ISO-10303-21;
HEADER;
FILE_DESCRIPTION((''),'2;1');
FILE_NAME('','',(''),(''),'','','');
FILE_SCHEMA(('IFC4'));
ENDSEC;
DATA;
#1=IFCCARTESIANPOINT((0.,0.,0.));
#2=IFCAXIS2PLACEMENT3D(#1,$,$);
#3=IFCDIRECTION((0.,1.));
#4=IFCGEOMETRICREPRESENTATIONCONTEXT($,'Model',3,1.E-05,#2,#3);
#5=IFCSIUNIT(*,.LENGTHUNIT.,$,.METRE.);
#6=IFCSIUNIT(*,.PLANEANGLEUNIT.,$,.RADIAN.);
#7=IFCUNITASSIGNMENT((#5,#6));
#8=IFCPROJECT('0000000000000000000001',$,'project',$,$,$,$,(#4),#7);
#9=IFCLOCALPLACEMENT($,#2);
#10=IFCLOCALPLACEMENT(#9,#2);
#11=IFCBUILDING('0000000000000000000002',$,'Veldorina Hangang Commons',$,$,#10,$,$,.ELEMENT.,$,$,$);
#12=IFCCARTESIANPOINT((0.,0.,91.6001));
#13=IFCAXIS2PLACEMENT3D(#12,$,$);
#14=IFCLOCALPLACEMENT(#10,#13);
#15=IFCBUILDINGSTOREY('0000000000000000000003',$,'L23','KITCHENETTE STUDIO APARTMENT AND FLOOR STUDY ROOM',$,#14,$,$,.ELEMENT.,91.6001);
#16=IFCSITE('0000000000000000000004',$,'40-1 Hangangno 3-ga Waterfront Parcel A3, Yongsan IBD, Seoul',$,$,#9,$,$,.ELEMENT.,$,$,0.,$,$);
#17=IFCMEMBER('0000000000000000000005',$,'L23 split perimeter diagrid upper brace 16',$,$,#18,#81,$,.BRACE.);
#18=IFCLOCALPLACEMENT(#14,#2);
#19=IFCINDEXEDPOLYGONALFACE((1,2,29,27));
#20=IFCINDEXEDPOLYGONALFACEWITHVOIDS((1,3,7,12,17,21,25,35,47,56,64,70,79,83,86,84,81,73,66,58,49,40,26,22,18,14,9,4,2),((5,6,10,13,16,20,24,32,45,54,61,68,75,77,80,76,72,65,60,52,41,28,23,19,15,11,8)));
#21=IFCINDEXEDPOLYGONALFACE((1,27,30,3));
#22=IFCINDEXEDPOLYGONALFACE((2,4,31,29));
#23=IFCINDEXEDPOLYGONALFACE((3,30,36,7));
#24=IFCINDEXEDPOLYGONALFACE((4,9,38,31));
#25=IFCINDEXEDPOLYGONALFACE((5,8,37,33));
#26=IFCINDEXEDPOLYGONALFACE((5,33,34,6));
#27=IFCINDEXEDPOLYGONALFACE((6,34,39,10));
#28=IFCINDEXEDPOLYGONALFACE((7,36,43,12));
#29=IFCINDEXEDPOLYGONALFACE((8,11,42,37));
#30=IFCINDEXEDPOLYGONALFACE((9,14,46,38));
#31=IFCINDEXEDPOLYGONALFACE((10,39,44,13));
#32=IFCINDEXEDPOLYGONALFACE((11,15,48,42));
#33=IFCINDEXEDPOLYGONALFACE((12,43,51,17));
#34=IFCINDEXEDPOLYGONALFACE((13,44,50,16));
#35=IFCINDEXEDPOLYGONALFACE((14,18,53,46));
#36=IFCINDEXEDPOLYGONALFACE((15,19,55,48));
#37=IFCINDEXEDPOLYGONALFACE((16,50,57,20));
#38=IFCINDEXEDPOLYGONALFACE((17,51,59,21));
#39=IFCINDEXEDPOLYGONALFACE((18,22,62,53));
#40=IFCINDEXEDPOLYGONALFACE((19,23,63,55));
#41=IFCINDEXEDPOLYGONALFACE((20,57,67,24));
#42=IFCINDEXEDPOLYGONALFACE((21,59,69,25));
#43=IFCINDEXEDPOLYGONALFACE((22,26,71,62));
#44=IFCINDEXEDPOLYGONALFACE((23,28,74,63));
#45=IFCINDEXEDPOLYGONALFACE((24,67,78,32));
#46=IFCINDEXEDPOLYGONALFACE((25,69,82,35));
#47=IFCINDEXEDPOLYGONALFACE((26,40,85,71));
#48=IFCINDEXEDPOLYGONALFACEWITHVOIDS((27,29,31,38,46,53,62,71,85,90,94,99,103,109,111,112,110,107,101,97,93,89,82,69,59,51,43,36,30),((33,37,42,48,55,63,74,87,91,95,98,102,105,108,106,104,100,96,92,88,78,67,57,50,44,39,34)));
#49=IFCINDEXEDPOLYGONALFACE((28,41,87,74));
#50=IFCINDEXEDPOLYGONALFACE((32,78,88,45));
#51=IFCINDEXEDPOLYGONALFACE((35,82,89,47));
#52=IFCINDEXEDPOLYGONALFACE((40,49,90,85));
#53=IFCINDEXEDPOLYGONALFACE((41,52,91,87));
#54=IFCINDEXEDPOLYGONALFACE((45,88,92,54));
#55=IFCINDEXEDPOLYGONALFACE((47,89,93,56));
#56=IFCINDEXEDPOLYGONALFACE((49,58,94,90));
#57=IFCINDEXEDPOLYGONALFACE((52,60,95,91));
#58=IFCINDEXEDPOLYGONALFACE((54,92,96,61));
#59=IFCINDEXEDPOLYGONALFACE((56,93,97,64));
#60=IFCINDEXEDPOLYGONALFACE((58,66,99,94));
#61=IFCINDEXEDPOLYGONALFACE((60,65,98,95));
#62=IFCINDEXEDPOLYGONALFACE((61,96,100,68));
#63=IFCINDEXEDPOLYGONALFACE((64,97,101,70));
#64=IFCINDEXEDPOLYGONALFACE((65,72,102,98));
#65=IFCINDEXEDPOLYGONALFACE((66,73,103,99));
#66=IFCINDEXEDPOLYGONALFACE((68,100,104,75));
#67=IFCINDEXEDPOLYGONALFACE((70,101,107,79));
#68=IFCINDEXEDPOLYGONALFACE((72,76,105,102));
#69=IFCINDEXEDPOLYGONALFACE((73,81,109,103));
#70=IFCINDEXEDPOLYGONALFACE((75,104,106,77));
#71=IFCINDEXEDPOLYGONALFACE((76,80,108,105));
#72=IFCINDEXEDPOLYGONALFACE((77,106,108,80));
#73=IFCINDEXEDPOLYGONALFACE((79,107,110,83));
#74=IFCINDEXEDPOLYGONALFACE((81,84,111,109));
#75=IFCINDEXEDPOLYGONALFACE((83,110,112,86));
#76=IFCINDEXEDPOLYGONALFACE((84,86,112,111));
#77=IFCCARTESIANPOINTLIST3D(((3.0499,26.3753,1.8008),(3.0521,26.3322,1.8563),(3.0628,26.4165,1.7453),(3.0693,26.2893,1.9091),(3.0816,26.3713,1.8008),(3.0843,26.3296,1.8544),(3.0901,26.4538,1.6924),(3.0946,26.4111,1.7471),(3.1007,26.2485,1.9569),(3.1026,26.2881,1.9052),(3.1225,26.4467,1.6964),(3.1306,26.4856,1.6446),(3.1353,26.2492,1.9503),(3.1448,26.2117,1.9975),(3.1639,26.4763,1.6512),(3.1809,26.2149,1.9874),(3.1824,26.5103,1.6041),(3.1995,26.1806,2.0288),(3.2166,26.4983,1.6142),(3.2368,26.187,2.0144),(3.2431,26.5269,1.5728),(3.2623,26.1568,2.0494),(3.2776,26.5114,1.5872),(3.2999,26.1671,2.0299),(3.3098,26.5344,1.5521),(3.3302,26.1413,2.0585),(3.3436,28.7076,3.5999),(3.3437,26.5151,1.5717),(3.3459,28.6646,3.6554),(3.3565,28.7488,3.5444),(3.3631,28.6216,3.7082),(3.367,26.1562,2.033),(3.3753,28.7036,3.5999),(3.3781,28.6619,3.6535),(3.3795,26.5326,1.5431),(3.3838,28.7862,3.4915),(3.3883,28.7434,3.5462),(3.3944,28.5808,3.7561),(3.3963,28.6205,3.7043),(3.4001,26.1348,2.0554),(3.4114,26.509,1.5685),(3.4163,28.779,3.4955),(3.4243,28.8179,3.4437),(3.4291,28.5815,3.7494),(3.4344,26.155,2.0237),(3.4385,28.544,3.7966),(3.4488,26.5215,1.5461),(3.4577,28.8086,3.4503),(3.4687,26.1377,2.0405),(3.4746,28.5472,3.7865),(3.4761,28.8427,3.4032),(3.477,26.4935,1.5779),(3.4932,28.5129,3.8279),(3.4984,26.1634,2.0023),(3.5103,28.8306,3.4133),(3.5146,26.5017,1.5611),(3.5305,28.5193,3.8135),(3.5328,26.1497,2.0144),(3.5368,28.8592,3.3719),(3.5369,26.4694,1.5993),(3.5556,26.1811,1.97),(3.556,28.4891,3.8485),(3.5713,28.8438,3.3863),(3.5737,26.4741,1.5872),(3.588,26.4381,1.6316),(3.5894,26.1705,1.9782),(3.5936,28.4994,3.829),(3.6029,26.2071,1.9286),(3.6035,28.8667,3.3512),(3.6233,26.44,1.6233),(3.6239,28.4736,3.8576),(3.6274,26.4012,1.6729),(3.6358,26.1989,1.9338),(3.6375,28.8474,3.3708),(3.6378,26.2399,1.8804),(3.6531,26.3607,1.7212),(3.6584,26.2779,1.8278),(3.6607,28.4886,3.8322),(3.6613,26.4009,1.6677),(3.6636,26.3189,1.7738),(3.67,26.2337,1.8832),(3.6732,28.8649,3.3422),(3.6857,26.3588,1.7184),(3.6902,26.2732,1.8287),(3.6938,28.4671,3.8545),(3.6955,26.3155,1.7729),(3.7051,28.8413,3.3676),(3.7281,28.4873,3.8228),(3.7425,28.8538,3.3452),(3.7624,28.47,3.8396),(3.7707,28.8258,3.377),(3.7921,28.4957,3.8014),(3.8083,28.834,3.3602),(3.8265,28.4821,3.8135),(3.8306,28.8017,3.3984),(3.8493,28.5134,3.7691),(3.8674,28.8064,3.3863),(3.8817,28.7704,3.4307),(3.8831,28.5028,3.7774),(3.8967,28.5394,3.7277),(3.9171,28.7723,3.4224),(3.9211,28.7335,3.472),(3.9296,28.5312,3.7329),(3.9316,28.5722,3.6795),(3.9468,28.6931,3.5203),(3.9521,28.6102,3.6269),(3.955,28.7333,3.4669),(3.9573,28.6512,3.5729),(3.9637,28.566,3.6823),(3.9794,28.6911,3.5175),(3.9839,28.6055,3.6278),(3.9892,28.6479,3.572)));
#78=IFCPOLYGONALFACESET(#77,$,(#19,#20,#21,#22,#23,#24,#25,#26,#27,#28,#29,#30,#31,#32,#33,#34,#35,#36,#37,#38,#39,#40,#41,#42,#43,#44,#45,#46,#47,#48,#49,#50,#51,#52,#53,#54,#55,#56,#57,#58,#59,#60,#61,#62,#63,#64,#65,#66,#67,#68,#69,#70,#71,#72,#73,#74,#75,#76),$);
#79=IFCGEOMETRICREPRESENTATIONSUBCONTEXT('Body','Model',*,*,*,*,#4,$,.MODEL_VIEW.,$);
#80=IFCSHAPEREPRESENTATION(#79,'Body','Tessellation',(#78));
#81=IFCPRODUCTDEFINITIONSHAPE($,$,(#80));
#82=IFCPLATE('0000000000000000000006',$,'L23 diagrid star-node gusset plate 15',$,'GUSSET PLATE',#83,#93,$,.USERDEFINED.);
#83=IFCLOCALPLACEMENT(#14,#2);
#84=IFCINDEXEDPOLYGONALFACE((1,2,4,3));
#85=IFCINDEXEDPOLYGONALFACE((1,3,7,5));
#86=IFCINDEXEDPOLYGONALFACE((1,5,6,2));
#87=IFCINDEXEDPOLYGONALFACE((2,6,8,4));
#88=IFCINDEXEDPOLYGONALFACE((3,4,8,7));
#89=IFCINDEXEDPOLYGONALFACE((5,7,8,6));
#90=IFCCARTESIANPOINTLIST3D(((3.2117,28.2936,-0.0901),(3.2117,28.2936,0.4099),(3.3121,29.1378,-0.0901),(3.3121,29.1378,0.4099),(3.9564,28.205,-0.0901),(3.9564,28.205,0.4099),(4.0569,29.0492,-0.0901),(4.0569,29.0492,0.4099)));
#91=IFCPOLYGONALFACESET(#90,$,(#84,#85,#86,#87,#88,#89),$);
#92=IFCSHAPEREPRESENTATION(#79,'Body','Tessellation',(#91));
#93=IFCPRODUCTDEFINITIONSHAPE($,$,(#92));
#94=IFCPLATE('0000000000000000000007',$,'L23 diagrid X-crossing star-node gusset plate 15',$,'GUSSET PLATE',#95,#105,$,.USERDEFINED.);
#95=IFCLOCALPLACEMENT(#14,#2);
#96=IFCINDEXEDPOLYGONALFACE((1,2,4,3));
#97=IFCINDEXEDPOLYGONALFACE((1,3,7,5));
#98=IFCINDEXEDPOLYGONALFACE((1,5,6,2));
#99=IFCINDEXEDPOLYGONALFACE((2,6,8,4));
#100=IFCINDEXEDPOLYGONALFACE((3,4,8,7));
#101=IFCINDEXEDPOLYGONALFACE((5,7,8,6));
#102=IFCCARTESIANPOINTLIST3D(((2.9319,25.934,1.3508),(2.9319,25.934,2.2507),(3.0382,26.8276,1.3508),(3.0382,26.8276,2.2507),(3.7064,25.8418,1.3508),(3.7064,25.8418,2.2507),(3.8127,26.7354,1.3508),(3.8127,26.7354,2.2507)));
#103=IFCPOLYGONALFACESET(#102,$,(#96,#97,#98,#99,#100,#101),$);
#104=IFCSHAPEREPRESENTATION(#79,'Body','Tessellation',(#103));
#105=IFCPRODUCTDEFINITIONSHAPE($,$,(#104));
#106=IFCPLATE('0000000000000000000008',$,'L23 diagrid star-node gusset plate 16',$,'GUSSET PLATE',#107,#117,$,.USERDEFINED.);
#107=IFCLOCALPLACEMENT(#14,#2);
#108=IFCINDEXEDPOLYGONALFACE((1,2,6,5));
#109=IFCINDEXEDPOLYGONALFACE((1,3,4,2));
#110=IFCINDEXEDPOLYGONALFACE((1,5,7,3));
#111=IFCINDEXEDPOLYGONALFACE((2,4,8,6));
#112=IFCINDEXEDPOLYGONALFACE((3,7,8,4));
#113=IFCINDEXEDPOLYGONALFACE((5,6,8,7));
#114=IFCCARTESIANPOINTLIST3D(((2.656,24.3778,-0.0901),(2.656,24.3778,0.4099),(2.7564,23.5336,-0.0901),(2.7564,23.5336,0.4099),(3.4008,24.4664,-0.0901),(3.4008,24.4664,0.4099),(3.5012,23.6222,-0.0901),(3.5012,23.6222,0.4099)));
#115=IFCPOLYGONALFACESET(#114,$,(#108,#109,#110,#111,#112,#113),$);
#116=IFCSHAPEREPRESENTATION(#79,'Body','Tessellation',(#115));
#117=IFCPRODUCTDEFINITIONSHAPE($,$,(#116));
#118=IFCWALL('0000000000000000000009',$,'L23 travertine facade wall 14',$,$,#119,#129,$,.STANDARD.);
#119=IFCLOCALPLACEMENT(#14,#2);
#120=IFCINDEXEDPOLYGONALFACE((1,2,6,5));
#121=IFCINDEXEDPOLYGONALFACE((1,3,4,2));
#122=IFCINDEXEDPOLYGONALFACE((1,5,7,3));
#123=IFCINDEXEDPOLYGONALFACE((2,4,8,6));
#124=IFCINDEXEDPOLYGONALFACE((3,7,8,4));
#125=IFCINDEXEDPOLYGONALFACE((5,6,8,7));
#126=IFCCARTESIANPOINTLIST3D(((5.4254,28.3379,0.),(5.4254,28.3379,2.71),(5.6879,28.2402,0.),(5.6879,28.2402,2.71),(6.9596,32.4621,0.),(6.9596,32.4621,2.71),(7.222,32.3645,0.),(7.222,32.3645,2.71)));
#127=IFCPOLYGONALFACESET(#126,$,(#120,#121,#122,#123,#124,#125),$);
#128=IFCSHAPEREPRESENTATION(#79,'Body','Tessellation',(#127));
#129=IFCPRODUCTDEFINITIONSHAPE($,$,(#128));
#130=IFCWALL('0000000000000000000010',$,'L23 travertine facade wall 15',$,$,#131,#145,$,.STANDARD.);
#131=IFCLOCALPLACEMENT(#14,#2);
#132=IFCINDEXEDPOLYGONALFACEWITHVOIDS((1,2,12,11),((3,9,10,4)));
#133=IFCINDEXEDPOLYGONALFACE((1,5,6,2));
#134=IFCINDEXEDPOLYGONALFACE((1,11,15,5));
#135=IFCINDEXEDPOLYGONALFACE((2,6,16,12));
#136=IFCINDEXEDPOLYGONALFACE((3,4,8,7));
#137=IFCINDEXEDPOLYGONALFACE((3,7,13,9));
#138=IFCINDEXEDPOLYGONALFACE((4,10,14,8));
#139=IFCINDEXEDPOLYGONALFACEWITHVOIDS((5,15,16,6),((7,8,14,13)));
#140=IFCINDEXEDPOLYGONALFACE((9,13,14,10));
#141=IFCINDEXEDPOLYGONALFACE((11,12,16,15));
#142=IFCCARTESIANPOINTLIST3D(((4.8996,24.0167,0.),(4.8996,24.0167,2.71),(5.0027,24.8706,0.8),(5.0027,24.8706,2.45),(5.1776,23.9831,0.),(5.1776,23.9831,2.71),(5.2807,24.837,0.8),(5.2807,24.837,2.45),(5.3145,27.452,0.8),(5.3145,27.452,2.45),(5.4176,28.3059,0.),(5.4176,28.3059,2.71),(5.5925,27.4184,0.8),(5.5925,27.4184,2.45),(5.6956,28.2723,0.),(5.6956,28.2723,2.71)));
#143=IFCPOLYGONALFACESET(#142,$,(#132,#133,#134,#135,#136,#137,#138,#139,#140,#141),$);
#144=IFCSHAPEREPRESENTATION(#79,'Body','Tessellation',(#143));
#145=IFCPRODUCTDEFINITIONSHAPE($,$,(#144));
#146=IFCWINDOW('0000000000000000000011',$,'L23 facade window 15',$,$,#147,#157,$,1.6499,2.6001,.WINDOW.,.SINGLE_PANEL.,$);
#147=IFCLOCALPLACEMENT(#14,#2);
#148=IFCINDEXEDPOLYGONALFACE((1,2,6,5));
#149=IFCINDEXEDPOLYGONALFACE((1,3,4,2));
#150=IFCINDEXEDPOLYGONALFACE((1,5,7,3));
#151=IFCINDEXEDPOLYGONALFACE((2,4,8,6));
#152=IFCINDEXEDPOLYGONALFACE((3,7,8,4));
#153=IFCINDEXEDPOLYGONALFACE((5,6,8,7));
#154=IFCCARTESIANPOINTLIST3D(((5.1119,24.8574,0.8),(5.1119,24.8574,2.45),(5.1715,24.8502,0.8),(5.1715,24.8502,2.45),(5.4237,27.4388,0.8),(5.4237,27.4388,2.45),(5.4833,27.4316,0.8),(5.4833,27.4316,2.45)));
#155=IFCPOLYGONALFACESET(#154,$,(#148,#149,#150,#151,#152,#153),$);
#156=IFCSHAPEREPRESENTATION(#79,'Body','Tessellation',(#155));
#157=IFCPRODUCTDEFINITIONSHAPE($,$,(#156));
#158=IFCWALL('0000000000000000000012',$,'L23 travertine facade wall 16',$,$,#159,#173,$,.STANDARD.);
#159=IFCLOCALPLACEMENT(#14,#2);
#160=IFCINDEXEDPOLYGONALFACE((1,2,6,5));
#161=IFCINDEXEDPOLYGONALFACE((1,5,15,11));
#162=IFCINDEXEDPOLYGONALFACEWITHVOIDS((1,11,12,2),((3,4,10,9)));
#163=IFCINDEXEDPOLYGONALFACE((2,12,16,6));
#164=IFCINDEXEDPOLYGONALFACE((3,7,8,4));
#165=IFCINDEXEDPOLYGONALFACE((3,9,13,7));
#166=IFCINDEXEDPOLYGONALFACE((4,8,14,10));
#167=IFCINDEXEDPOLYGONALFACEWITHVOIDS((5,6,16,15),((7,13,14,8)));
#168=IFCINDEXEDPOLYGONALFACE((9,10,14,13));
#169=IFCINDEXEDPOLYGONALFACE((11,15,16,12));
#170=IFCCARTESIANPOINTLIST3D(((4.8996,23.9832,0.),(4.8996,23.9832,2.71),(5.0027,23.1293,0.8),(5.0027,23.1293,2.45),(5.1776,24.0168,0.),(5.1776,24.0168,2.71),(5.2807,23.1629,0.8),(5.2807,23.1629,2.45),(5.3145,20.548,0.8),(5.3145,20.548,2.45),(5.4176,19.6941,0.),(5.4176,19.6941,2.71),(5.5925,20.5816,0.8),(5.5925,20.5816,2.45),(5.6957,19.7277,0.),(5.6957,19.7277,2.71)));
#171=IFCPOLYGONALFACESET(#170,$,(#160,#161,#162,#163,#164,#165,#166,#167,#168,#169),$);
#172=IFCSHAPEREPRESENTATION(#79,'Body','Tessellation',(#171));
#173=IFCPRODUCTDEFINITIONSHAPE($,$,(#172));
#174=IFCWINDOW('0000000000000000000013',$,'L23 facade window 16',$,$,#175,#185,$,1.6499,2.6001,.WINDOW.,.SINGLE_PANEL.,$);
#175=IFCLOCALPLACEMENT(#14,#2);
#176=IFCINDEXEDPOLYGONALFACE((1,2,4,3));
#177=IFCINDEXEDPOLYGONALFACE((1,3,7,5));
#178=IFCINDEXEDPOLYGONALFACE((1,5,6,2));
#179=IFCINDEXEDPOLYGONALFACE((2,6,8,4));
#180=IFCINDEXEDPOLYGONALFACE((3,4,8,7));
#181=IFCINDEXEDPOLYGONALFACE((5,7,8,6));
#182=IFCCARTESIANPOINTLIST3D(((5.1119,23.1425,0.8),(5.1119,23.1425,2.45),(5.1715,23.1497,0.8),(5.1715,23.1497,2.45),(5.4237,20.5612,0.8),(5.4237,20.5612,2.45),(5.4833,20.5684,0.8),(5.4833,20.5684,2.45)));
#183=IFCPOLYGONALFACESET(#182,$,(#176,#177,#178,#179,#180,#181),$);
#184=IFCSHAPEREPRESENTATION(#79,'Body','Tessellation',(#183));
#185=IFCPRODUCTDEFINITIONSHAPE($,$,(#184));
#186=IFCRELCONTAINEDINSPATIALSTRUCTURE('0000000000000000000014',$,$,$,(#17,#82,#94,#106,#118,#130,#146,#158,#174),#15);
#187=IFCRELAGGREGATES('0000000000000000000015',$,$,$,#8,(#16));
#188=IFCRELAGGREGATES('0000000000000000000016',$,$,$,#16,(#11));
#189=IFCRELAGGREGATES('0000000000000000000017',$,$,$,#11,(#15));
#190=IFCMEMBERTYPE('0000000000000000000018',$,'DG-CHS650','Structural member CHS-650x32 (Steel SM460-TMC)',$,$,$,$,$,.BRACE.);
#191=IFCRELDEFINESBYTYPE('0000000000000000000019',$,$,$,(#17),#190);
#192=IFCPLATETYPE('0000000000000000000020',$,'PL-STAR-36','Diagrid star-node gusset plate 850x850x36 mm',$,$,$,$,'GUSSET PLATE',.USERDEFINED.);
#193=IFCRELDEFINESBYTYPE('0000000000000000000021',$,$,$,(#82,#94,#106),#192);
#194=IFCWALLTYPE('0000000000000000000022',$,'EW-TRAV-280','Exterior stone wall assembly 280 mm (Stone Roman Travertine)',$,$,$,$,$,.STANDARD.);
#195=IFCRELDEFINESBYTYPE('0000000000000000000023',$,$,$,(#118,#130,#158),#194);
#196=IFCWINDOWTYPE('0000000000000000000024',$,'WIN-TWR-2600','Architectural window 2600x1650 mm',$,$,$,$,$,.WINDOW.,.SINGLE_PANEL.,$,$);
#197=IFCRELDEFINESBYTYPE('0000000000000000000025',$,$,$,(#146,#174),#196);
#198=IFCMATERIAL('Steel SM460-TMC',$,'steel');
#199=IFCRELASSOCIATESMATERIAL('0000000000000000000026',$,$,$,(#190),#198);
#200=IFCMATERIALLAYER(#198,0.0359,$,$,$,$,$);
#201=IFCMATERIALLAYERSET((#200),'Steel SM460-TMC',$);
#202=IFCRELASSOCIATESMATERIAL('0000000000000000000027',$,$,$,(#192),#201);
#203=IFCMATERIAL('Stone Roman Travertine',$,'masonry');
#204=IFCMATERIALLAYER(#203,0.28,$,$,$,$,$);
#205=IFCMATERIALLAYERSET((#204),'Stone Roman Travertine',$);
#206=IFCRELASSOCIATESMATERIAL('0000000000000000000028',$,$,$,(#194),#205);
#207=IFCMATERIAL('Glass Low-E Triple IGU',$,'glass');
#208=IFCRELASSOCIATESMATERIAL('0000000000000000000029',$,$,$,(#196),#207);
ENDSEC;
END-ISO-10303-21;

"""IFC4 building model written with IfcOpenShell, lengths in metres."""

from ifc_helpers import new_model, si_unit, direction, frame, frame_2d, origin, origin_2d, place, context, subcontext, project, spatial, rectangle, hollow_circle, extrude, material, layer, layer_set, material_profile, profile_set, type_object, element, fill, save


model = new_model("IFC4")

# Units and contexts
model_context = context("Model", 3, precision=1e-05, world=origin(), true_north=direction((0.0, 1.0)))
body_context = subcontext(model_context, "Body", "Model", "MODEL_VIEW")
ifc_project = project(units=[si_unit("LENGTHUNIT", "METRE"), si_unit("PLANEANGLEUNIT", "RADIAN")], contexts=[model_context])

# Site, building, storey
site_placement = place(None, origin())
site = spatial("IfcSite", under=ifc_project, at=site_placement, Name="40-1 Hangangno 3-ga Waterfront Parcel A3, Yongsan IBD, Seoul", CompositionType="ELEMENT", RefElevation=0.0)
building_placement = place(site_placement, origin())
building = spatial("IfcBuilding", under=site, at=building_placement, Name="Veldorina Hangang Commons", CompositionType="ELEMENT")
storey_placement = place(building_placement, frame((0.0, 0.0, 91.6001)))
storey = spatial("IfcBuildingStorey", under=building, at=storey_placement, Name="L23", Description="KITCHENETTE STUDIO APARTMENT AND FLOOR STUDY ROOM", CompositionType="ELEMENT", Elevation=91.6001)

# Member
ifc_material_1 = material(Name="Steel SM460-TMC", Category="steel")
ifc_material_profile_1 = material_profile(ifc_material_1, hollow_circle(Radius=0.325, WallThickness=0.032, at=origin_2d()), Name="CHS-650x32")
ifc_profile_set_1 = profile_set([ifc_material_profile_1], Name="Steel SM460-TMC")
member_type = type_object("IfcMemberType", Name="DG-CHS650", Description="Structural member CHS-650x32 (Steel SM460-TMC)", PredefinedType="BRACE", material=ifc_profile_set_1)
member_1_placement = place(storey_placement, frame((3.3723, 26.3347, 1.8008), z_axis=(0.099219, 0.787894, 0.607766), x_axis=(-0.992164, 0.124942, 0.0)))
element("IfcMember", 1, at=member_1_placement, inside=storey, type_object=member_type, Name="L23 split perimeter diagrid upper brace 16", PredefinedType="BRACE", context=body_context, shape_type="SweptSolid", body=[
    extrude(hollow_circle(Radius=0.325, WallThickness=0.032, at=origin_2d()), origin(), (0.0, 0.0, 1.0), 2.9602),
])

# Plates
ifc_layer_1 = layer(ifc_material_1, 0.0359)
ifc_layer_set_1 = layer_set([ifc_layer_1], Name="Steel SM460-TMC")
plate_type = type_object("IfcPlateType", Name="PL-STAR-36", Description="Diagrid star-node gusset plate 850x850x36 mm", ElementType="GUSSET PLATE", PredefinedType="USERDEFINED", material=ifc_layer_set_1)
plate_1_placement = place(storey_placement, frame((3.6343, 28.6714, -0.0901), z_axis=(0.0, 0.0, 1.0), x_axis=(-0.118127, -0.992999, 0.0)))
element("IfcPlate", 2, at=plate_1_placement, inside=storey, type_object=plate_type, Name="L23 diagrid star-node gusset plate 15", ObjectType="GUSSET PLATE", PredefinedType="USERDEFINED", context=body_context, shape_type="SweptSolid", body=[
    extrude(rectangle(XDim=0.8501, YDim=0.75, at=origin_2d()), origin(), (0.0, 0.0, 1.0), 0.5),
])
plate_2_placement = place(storey_placement, frame((3.3723, 26.3347, 1.3508), z_axis=(0.0, 0.0, 1.0), x_axis=(-0.118127, -0.992999, 0.0)))
element("IfcPlate", 3, at=plate_2_placement, inside=storey, type_object=plate_type, Name="L23 diagrid X-crossing star-node gusset plate 15", ObjectType="GUSSET PLATE", PredefinedType="USERDEFINED", context=body_context, shape_type="SweptSolid", body=[
    extrude(rectangle(XDim=0.8999, YDim=0.78, at=origin_2d()), origin(), (0.0, 0.0, 1.0), 0.8999),
])
plate_3_placement = place(storey_placement, frame((3.0786, 24.0, -0.0901), z_axis=(0.0, 0.0, 1.0), x_axis=(0.118127, -0.992999, 0.0)))
element("IfcPlate", 4, at=plate_3_placement, inside=storey, type_object=plate_type, Name="L23 diagrid star-node gusset plate 16", ObjectType="GUSSET PLATE", PredefinedType="USERDEFINED", context=body_context, shape_type="SweptSolid", body=[
    extrude(rectangle(XDim=0.8501, YDim=0.75, at=origin_2d()), origin(), (0.0, 0.0, 1.0), 0.5),
])

# Wall
ifc_material_2 = material(Name="Stone Roman Travertine", Category="masonry")
ifc_layer_2 = layer(ifc_material_2, 0.28)
ifc_layer_set_2 = layer_set([ifc_layer_2], Name="Stone Roman Travertine")
wall_type_1 = type_object("IfcWallType", Name="EW-TRAV-280", Description="Exterior stone wall assembly 280 mm (Stone Roman Travertine)", PredefinedType="STANDARD", material=ifc_layer_set_2)
wall_1_placement = place(storey_placement, frame((7.0908, 32.4133, 0.0), z_axis=(0.0, 0.0, 1.0), x_axis=(-0.348648, -0.937254, 0.0)))
element("IfcWall", 5, at=wall_1_placement, inside=storey, type_object=wall_type_1, Name="L23 travertine facade wall 14", PredefinedType="STANDARD", context=body_context, shape_type="SweptSolid", body=[
    extrude(rectangle(XDim=4.4004, YDim=0.28, at=frame_2d((2.2002, 0.0))), origin(), (0.0, 0.0, 1.0), 2.71),
])

# Walls, openings, windows
wall_2_placement = place(storey_placement, frame((5.5566, 28.2891, 0.0), z_axis=(0.0, 0.0, 1.0), x_axis=(-0.119916, -0.992784, 0.0)))
wall_2 = element("IfcWall", 6, at=wall_2_placement, inside=storey, type_object=wall_type_1, Name="L23 travertine facade wall 15", PredefinedType="STANDARD", context=body_context, shape_type="SweptSolid", body=[
    extrude(rectangle(XDim=4.3203, YDim=0.28, at=frame_2d((2.1602, 0.0))), origin(), (0.0, 0.0, 1.0), 2.71),
])
opening_1_placement = place(wall_2_placement, frame((0.8601, 0.0, 0.8)))
opening_1 = element("IfcOpeningElement", 7, at=opening_1_placement, cuts=wall_2, PredefinedType="OPENING", context=body_context, shape_type="SweptSolid", body=[
    extrude(rectangle(XDim=2.6001, YDim=1.6499, at=frame_2d((1.3, 0.825))), frame((0.0, 0.1499, 0.0), z_axis=(0.0, -1.0, 0.0), x_axis=(1.0, 0.0, 0.0)), (0.0, 0.0, 1.0), 0.3),
])
ifc_material_3 = material(Name="Glass Low-E Triple IGU", Category="glass")
window_type = type_object("IfcWindowType", Name="WIN-TWR-2600", Description="Architectural window 2600x1650 mm", PartitioningType="SINGLE_PANEL", PredefinedType="WINDOW", material=ifc_material_3)
window_1_placement = place(opening_1_placement, origin())
window_1 = element("IfcWindow", 8, at=window_1_placement, inside=storey, type_object=window_type, Name="L23 facade window 15", OverallHeight=1.6499, OverallWidth=2.6001, PartitioningType="SINGLE_PANEL", PredefinedType="WINDOW", context=body_context, shape_type="SweptSolid", body=[
    extrude(rectangle(XDim=2.6001, YDim=1.6499, at=frame_2d((1.3, 0.825))), frame((0.0, 0.03, 0.0), z_axis=(0.0, -1.0, 0.0), x_axis=(1.0, 0.0, 0.0)), (0.0, 0.0, 1.0), 0.0601),
])
fill(opening_1, window_1)
wall_3_placement = place(storey_placement, frame((5.0386, 24.0, 0.0), z_axis=(0.0, 0.0, 1.0), x_axis=(0.119916, -0.992784, 0.0)))
wall_3 = element("IfcWall", 9, at=wall_3_placement, inside=storey, type_object=wall_type_1, Name="L23 travertine facade wall 16", PredefinedType="STANDARD", context=body_context, shape_type="SweptSolid", body=[
    extrude(rectangle(XDim=4.3203, YDim=0.28, at=frame_2d((2.1602, 0.0))), origin(), (0.0, 0.0, 1.0), 2.71),
])
opening_2_placement = place(wall_3_placement, frame((0.8601, 0.0, 0.8)))
opening_2 = element("IfcOpeningElement", 10, at=opening_2_placement, cuts=wall_3, PredefinedType="OPENING", context=body_context, shape_type="SweptSolid", body=[
    extrude(rectangle(XDim=2.6001, YDim=1.6499, at=frame_2d((1.3, 0.825))), frame((0.0, 0.1499, 0.0), z_axis=(0.0, -1.0, 0.0), x_axis=(1.0, 0.0, 0.0)), (0.0, 0.0, 1.0), 0.3),
])
window_2_placement = place(opening_2_placement, origin())
window_2 = element("IfcWindow", 11, at=window_2_placement, inside=storey, type_object=window_type, Name="L23 facade window 16", OverallHeight=1.6499, OverallWidth=2.6001, PartitioningType="SINGLE_PANEL", PredefinedType="WINDOW", context=body_context, shape_type="SweptSolid", body=[
    extrude(rectangle(XDim=2.6001, YDim=1.6499, at=frame_2d((1.3, 0.825))), frame((0.0, 0.03, 0.0), z_axis=(0.0, -1.0, 0.0), x_axis=(1.0, 0.0, 0.0)), (0.0, 0.0, 1.0), 0.0601),
])
fill(opening_2, window_2)

save(model, "model.ifc")
